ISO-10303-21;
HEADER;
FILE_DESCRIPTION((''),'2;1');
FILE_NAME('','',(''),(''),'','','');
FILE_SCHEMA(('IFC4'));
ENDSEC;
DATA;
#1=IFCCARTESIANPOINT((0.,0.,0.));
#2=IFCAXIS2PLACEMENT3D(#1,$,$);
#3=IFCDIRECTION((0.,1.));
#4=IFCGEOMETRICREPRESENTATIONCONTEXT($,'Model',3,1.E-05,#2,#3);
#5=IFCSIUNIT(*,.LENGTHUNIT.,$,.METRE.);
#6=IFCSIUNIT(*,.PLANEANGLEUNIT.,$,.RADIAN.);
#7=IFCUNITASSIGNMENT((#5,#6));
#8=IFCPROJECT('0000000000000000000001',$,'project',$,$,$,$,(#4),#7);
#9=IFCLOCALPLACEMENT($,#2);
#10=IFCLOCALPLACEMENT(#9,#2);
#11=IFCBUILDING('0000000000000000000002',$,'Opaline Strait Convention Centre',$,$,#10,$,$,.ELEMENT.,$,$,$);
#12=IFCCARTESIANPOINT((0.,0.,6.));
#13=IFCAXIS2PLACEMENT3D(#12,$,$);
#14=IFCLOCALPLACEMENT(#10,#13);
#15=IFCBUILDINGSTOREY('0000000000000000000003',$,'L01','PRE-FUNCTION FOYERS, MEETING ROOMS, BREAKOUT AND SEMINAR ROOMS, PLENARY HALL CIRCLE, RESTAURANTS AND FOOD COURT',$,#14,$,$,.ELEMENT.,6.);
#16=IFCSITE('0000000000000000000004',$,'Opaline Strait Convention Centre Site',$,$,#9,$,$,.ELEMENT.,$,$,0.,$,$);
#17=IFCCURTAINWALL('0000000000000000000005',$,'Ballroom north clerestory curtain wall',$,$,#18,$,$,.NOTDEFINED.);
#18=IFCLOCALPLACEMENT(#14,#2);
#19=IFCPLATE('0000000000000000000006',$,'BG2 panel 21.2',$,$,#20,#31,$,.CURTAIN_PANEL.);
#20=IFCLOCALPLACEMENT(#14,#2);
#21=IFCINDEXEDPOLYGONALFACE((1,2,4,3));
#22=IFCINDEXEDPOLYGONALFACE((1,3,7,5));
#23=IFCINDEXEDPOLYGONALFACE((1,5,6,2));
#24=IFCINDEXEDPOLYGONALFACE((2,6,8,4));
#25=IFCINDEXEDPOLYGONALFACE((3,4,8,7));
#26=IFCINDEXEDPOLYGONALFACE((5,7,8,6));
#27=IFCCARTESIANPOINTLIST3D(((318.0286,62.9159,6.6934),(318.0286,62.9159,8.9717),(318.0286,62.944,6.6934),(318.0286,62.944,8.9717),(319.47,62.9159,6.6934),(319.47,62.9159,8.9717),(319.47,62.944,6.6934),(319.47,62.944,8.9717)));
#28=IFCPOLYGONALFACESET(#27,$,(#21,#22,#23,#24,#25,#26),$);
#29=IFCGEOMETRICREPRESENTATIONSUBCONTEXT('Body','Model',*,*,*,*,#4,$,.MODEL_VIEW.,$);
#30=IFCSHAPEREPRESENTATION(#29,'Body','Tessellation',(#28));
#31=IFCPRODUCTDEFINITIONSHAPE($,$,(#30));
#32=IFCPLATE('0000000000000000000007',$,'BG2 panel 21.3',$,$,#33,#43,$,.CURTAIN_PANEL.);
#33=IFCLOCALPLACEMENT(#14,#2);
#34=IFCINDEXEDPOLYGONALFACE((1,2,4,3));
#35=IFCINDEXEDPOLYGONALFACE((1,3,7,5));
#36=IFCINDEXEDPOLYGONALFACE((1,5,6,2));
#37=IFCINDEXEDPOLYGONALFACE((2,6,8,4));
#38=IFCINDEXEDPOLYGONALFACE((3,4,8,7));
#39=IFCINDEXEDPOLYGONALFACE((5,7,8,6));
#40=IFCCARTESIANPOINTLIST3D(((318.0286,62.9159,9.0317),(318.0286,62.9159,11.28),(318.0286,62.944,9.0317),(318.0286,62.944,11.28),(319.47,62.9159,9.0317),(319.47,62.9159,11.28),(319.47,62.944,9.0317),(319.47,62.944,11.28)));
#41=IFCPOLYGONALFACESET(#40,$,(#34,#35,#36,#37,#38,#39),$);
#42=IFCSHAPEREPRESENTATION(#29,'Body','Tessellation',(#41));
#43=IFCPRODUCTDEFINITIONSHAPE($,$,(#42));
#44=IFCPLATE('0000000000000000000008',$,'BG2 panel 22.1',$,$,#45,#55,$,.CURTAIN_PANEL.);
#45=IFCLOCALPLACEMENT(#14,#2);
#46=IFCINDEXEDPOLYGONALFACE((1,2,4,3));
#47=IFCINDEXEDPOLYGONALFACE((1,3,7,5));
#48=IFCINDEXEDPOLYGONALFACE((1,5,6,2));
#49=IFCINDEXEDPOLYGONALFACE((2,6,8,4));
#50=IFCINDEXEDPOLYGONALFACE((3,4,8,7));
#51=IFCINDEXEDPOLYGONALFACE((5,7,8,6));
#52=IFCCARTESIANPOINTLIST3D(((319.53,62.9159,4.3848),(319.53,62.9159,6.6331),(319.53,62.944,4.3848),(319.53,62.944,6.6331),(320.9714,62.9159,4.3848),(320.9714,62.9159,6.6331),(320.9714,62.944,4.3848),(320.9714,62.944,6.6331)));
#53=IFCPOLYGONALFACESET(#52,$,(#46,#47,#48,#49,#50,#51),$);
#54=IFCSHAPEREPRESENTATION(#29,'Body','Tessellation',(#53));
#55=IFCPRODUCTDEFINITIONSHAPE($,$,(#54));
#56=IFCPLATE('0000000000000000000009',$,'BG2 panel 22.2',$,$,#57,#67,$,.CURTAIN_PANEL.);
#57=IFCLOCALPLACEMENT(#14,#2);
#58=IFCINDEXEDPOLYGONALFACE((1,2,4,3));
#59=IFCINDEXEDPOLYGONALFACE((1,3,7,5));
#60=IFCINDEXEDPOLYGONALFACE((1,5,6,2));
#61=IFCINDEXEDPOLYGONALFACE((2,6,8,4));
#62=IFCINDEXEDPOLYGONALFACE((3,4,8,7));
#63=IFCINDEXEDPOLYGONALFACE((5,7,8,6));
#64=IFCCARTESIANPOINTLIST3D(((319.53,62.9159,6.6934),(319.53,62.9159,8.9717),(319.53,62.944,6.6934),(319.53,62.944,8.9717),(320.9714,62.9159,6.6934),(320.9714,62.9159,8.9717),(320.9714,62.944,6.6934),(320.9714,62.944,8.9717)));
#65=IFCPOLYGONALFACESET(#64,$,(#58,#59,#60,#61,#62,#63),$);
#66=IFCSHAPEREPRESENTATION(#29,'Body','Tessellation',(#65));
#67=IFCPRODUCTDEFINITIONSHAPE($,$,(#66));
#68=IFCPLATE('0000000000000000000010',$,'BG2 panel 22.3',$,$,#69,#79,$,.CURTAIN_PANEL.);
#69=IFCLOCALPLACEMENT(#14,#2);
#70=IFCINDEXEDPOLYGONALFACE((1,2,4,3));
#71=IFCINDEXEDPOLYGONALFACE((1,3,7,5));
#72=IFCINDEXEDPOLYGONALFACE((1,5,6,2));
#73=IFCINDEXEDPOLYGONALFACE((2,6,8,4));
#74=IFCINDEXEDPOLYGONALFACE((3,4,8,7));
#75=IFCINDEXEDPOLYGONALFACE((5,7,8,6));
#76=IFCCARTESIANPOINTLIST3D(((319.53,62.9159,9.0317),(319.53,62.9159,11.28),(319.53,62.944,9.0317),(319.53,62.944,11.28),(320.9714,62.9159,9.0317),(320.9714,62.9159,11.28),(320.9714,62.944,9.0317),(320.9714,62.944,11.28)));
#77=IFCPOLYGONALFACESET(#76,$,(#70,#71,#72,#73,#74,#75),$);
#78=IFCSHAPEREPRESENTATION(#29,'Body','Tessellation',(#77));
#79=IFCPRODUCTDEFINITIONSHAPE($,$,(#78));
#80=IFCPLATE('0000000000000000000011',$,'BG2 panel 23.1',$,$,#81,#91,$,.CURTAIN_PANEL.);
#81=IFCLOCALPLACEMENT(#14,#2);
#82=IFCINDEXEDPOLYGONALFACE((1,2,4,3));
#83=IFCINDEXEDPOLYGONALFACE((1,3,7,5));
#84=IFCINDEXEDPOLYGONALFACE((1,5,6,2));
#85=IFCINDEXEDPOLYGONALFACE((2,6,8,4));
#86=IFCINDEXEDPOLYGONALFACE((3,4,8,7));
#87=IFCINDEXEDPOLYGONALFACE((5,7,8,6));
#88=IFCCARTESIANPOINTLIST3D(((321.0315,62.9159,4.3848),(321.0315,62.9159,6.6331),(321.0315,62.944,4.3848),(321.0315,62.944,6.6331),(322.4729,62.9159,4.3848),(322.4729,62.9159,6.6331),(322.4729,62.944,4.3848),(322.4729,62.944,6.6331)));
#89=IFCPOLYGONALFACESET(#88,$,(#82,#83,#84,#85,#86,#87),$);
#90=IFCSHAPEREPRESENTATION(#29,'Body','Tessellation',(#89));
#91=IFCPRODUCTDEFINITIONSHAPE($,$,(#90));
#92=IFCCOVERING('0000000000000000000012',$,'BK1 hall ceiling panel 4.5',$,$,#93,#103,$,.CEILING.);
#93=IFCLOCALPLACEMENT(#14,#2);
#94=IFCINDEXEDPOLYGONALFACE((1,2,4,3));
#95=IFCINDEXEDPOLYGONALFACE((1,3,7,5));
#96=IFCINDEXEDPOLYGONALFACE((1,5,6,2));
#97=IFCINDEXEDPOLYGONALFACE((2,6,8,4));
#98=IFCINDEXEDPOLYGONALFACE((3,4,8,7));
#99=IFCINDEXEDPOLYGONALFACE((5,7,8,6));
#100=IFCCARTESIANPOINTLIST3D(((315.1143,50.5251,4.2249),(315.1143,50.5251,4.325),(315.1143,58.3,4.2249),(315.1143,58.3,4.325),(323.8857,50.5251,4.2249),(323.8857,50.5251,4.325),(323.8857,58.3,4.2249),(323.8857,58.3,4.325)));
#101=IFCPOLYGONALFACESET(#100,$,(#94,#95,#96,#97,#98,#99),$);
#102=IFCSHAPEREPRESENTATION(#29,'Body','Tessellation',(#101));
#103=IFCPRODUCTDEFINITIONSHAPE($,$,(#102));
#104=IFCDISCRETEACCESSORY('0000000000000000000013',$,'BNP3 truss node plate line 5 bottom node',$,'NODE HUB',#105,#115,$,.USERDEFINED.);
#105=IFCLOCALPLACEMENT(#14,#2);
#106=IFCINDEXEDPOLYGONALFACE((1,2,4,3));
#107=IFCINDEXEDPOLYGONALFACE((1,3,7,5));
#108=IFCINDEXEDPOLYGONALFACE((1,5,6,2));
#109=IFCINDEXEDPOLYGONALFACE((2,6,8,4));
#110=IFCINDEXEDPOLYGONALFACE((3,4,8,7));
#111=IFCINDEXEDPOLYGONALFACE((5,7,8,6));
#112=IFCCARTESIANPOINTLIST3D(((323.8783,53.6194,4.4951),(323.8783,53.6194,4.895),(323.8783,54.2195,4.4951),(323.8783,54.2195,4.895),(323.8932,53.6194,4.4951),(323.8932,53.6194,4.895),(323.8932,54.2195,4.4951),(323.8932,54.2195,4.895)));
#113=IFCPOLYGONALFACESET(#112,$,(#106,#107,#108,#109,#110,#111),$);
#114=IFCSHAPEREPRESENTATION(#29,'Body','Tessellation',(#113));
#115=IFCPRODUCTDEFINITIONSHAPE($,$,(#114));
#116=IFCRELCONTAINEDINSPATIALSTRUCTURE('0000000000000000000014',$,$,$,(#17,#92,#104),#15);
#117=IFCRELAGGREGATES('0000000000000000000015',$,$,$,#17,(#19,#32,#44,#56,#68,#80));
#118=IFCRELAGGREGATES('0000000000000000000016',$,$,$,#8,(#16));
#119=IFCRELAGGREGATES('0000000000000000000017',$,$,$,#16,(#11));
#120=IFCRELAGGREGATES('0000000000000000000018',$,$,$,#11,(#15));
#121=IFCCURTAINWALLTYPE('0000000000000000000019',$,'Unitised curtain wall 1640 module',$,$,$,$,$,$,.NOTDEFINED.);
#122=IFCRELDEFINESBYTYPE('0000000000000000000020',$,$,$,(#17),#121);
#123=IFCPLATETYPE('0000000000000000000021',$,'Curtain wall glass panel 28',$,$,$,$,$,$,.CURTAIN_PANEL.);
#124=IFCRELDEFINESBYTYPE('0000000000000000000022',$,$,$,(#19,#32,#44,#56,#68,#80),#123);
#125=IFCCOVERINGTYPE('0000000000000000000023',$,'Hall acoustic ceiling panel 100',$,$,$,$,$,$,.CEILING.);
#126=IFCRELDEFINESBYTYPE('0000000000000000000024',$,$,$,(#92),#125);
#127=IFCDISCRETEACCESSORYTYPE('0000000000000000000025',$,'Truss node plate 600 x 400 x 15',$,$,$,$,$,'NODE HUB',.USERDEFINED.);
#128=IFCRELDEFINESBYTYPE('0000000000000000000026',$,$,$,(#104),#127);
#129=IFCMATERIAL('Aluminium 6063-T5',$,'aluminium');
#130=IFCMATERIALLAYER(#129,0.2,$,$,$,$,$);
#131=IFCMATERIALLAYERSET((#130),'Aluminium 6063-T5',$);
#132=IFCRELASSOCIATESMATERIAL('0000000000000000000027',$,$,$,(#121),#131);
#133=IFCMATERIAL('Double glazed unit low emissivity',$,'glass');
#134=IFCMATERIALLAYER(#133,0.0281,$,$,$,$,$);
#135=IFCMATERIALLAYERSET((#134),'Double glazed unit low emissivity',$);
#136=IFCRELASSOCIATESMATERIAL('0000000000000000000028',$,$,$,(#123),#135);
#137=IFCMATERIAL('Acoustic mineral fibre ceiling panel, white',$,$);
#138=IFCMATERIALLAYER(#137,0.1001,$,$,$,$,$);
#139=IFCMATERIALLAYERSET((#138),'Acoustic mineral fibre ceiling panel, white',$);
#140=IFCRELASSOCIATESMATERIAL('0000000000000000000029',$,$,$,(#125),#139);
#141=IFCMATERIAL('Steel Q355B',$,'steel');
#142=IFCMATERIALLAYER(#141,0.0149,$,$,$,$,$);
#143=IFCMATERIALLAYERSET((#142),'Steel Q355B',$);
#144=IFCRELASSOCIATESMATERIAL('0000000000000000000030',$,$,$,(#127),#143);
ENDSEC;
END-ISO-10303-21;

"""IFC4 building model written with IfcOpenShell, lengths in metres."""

from ifc_helpers import new_model, si_unit, direction, frame, origin, origin_2d, place, context, subcontext, project, spatial, rectangle, extrude, material, layer, layer_set, type_object, element, aggregate, save


model = new_model("IFC4")

# Units and contexts
model_context = context("Model", 3, precision=1e-05, world=origin(), true_north=direction((0.0, 1.0)))
body_context = subcontext(model_context, "Body", "Model", "MODEL_VIEW")
ifc_project = project(units=[si_unit("LENGTHUNIT", "METRE"), si_unit("PLANEANGLEUNIT", "RADIAN")], contexts=[model_context])

# Site, building, storey
site_placement = place(None, origin())
site = spatial("IfcSite", under=ifc_project, at=site_placement, Name="Opaline Strait Convention Centre Site", CompositionType="ELEMENT", RefElevation=0.0)
building_placement = place(site_placement, origin())
building = spatial("IfcBuilding", under=site, at=building_placement, Name="Opaline Strait Convention Centre", CompositionType="ELEMENT")
storey_placement = place(building_placement, frame((0.0, 0.0, 6.0)))
storey = spatial("IfcBuildingStorey", under=building, at=storey_placement, Name="L01", Description="PRE-FUNCTION FOYERS, MEETING ROOMS, BREAKOUT AND SEMINAR ROOMS, PLENARY HALL CIRCLE, RESTAURANTS AND FOOD COURT", CompositionType="ELEMENT", Elevation=6.0)

# Curtain wall
ifc_material_1 = material(Name="Aluminium 6063-T5", Category="aluminium")
ifc_layer_1 = layer(ifc_material_1, 0.2)
ifc_layer_set_1 = layer_set([ifc_layer_1], Name="Aluminium 6063-T5")
curtain_wall_type = type_object("IfcCurtainWallType", Name="Unitised curtain wall 1640 module", PredefinedType="NOTDEFINED", material=ifc_layer_set_1)
curtain_wall_placement = place(storey_placement, origin())
curtain_wall = element("IfcCurtainWall", 1, at=curtain_wall_placement, inside=storey, type_object=curtain_wall_type, Name="Ballroom north clerestory curtain wall", PredefinedType="NOTDEFINED")

# Shared definitions
ifc_material_2 = material(Name="Steel Q355B", Category="steel")

# Plates
ifc_material_3 = material(Name="Double glazed unit low emissivity", Category="glass")
ifc_layer_2 = layer(ifc_material_3, 0.0281)
ifc_layer_set_2 = layer_set([ifc_layer_2], Name="Double glazed unit low emissivity")
plate_type = type_object("IfcPlateType", Name="Curtain wall glass panel 28", PredefinedType="CURTAIN_PANEL", material=ifc_layer_set_2)
plate_1_placement = place(storey_placement, frame((318.7493, 62.9299, 6.6934), z_axis=(0.0, 0.0, 1.0), x_axis=(1.0, 0.0, 0.0)))
plate_1 = element("IfcPlate", 2, at=plate_1_placement, type_object=plate_type, Name="BG2 panel 21.2", PredefinedType="CURTAIN_PANEL", context=body_context, shape_type="SweptSolid", body=[
    extrude(rectangle(XDim=1.4414, YDim=0.0281, at=origin_2d()), origin(), (0.0, 0.0, 1.0), 2.2783),
])
plate_2_placement = place(storey_placement, frame((318.7493, 62.9299, 9.0317), z_axis=(0.0, 0.0, 1.0), x_axis=(1.0, 0.0, 0.0)))
plate_2 = element("IfcPlate", 3, at=plate_2_placement, type_object=plate_type, Name="BG2 panel 21.3", PredefinedType="CURTAIN_PANEL", context=body_context, shape_type="SweptSolid", body=[
    extrude(rectangle(XDim=1.4414, YDim=0.0281, at=origin_2d()), origin(), (0.0, 0.0, 1.0), 2.2483),
])
plate_3_placement = place(storey_placement, frame((320.2507, 62.9299, 4.3848), z_axis=(0.0, 0.0, 1.0), x_axis=(1.0, 0.0, 0.0)))
plate_3 = element("IfcPlate", 4, at=plate_3_placement, type_object=plate_type, Name="BG2 panel 22.1", PredefinedType="CURTAIN_PANEL", context=body_context, shape_type="SweptSolid", body=[
    extrude(rectangle(XDim=1.4414, YDim=0.0281, at=origin_2d()), origin(), (0.0, 0.0, 1.0), 2.2483),
])
plate_4_placement = place(storey_placement, frame((320.2507, 62.9299, 6.6934), z_axis=(0.0, 0.0, 1.0), x_axis=(1.0, 0.0, 0.0)))
plate_4 = element("IfcPlate", 5, at=plate_4_placement, type_object=plate_type, Name="BG2 panel 22.2", PredefinedType="CURTAIN_PANEL", context=body_context, shape_type="SweptSolid", body=[
    extrude(rectangle(XDim=1.4414, YDim=0.0281, at=origin_2d()), origin(), (0.0, 0.0, 1.0), 2.2783),
])
plate_5_placement = place(storey_placement, frame((320.2507, 62.9299, 9.0317), z_axis=(0.0, 0.0, 1.0), x_axis=(1.0, 0.0, 0.0)))
plate_5 = element("IfcPlate", 6, at=plate_5_placement, type_object=plate_type, Name="BG2 panel 22.3", PredefinedType="CURTAIN_PANEL", context=body_context, shape_type="SweptSolid", body=[
    extrude(rectangle(XDim=1.4414, YDim=0.0281, at=origin_2d()), origin(), (0.0, 0.0, 1.0), 2.2483),
])
plate_6_placement = place(storey_placement, frame((321.7522, 62.9299, 4.3848), z_axis=(0.0, 0.0, 1.0), x_axis=(1.0, 0.0, 0.0)))
plate_6 = element("IfcPlate", 7, at=plate_6_placement, type_object=plate_type, Name="BG2 panel 23.1", PredefinedType="CURTAIN_PANEL", context=body_context, shape_type="SweptSolid", body=[
    extrude(rectangle(XDim=1.4414, YDim=0.0281, at=origin_2d()), origin(), (0.0, 0.0, 1.0), 2.2483),
])
aggregate(curtain_wall, [plate_1, plate_2, plate_3, plate_4, plate_5, plate_6])

# Covering
ifc_material_4 = material(Name="Acoustic mineral fibre ceiling panel, white")
ifc_layer_3 = layer(ifc_material_4, 0.1001)
ifc_layer_set_3 = layer_set([ifc_layer_3], Name="Acoustic mineral fibre ceiling panel, white")
covering_type = type_object("IfcCoveringType", Name="Hall acoustic ceiling panel 100", PredefinedType="CEILING", material=ifc_layer_set_3)
covering_placement = place(storey_placement, frame((319.5, 54.4126, 4.2249), z_axis=(0.0, 0.0, 1.0), x_axis=(1.0, 0.0, 0.0)))
element("IfcCovering", 8, at=covering_placement, inside=storey, type_object=covering_type, Name="BK1 hall ceiling panel 4.5", PredefinedType="CEILING", context=body_context, shape_type="SweptSolid", body=[
    extrude(rectangle(XDim=8.7715, YDim=7.7749, at=origin_2d()), origin(), (0.0, 0.0, 1.0), 0.1001),
])

# Discrete accessory
ifc_layer_4 = layer(ifc_material_2, 0.0149)
ifc_layer_set_4 = layer_set([ifc_layer_4], Name="Steel Q355B")
discrete_accessory_type = type_object("IfcDiscreteAccessoryType", Name="Truss node plate 600 x 400 x 15", ElementType="NODE HUB", PredefinedType="USERDEFINED", material=ifc_layer_set_4)
discrete_accessory_placement = place(storey_placement, frame((323.8857, 53.9194, 4.4951), z_axis=(0.0, 0.0, 1.0), x_axis=(1.0, 0.0, 0.0)))
element("IfcDiscreteAccessory", 9, at=discrete_accessory_placement, inside=storey, type_object=discrete_accessory_type, Name="BNP3 truss node plate line 5 bottom node", ObjectType="NODE HUB", PredefinedType="USERDEFINED", context=body_context, shape_type="SweptSolid", body=[
    extrude(rectangle(XDim=0.0149, YDim=0.6001, at=origin_2d()), origin(), (0.0, 0.0, 1.0), 0.3999),
])

save(model, "model.ifc")
